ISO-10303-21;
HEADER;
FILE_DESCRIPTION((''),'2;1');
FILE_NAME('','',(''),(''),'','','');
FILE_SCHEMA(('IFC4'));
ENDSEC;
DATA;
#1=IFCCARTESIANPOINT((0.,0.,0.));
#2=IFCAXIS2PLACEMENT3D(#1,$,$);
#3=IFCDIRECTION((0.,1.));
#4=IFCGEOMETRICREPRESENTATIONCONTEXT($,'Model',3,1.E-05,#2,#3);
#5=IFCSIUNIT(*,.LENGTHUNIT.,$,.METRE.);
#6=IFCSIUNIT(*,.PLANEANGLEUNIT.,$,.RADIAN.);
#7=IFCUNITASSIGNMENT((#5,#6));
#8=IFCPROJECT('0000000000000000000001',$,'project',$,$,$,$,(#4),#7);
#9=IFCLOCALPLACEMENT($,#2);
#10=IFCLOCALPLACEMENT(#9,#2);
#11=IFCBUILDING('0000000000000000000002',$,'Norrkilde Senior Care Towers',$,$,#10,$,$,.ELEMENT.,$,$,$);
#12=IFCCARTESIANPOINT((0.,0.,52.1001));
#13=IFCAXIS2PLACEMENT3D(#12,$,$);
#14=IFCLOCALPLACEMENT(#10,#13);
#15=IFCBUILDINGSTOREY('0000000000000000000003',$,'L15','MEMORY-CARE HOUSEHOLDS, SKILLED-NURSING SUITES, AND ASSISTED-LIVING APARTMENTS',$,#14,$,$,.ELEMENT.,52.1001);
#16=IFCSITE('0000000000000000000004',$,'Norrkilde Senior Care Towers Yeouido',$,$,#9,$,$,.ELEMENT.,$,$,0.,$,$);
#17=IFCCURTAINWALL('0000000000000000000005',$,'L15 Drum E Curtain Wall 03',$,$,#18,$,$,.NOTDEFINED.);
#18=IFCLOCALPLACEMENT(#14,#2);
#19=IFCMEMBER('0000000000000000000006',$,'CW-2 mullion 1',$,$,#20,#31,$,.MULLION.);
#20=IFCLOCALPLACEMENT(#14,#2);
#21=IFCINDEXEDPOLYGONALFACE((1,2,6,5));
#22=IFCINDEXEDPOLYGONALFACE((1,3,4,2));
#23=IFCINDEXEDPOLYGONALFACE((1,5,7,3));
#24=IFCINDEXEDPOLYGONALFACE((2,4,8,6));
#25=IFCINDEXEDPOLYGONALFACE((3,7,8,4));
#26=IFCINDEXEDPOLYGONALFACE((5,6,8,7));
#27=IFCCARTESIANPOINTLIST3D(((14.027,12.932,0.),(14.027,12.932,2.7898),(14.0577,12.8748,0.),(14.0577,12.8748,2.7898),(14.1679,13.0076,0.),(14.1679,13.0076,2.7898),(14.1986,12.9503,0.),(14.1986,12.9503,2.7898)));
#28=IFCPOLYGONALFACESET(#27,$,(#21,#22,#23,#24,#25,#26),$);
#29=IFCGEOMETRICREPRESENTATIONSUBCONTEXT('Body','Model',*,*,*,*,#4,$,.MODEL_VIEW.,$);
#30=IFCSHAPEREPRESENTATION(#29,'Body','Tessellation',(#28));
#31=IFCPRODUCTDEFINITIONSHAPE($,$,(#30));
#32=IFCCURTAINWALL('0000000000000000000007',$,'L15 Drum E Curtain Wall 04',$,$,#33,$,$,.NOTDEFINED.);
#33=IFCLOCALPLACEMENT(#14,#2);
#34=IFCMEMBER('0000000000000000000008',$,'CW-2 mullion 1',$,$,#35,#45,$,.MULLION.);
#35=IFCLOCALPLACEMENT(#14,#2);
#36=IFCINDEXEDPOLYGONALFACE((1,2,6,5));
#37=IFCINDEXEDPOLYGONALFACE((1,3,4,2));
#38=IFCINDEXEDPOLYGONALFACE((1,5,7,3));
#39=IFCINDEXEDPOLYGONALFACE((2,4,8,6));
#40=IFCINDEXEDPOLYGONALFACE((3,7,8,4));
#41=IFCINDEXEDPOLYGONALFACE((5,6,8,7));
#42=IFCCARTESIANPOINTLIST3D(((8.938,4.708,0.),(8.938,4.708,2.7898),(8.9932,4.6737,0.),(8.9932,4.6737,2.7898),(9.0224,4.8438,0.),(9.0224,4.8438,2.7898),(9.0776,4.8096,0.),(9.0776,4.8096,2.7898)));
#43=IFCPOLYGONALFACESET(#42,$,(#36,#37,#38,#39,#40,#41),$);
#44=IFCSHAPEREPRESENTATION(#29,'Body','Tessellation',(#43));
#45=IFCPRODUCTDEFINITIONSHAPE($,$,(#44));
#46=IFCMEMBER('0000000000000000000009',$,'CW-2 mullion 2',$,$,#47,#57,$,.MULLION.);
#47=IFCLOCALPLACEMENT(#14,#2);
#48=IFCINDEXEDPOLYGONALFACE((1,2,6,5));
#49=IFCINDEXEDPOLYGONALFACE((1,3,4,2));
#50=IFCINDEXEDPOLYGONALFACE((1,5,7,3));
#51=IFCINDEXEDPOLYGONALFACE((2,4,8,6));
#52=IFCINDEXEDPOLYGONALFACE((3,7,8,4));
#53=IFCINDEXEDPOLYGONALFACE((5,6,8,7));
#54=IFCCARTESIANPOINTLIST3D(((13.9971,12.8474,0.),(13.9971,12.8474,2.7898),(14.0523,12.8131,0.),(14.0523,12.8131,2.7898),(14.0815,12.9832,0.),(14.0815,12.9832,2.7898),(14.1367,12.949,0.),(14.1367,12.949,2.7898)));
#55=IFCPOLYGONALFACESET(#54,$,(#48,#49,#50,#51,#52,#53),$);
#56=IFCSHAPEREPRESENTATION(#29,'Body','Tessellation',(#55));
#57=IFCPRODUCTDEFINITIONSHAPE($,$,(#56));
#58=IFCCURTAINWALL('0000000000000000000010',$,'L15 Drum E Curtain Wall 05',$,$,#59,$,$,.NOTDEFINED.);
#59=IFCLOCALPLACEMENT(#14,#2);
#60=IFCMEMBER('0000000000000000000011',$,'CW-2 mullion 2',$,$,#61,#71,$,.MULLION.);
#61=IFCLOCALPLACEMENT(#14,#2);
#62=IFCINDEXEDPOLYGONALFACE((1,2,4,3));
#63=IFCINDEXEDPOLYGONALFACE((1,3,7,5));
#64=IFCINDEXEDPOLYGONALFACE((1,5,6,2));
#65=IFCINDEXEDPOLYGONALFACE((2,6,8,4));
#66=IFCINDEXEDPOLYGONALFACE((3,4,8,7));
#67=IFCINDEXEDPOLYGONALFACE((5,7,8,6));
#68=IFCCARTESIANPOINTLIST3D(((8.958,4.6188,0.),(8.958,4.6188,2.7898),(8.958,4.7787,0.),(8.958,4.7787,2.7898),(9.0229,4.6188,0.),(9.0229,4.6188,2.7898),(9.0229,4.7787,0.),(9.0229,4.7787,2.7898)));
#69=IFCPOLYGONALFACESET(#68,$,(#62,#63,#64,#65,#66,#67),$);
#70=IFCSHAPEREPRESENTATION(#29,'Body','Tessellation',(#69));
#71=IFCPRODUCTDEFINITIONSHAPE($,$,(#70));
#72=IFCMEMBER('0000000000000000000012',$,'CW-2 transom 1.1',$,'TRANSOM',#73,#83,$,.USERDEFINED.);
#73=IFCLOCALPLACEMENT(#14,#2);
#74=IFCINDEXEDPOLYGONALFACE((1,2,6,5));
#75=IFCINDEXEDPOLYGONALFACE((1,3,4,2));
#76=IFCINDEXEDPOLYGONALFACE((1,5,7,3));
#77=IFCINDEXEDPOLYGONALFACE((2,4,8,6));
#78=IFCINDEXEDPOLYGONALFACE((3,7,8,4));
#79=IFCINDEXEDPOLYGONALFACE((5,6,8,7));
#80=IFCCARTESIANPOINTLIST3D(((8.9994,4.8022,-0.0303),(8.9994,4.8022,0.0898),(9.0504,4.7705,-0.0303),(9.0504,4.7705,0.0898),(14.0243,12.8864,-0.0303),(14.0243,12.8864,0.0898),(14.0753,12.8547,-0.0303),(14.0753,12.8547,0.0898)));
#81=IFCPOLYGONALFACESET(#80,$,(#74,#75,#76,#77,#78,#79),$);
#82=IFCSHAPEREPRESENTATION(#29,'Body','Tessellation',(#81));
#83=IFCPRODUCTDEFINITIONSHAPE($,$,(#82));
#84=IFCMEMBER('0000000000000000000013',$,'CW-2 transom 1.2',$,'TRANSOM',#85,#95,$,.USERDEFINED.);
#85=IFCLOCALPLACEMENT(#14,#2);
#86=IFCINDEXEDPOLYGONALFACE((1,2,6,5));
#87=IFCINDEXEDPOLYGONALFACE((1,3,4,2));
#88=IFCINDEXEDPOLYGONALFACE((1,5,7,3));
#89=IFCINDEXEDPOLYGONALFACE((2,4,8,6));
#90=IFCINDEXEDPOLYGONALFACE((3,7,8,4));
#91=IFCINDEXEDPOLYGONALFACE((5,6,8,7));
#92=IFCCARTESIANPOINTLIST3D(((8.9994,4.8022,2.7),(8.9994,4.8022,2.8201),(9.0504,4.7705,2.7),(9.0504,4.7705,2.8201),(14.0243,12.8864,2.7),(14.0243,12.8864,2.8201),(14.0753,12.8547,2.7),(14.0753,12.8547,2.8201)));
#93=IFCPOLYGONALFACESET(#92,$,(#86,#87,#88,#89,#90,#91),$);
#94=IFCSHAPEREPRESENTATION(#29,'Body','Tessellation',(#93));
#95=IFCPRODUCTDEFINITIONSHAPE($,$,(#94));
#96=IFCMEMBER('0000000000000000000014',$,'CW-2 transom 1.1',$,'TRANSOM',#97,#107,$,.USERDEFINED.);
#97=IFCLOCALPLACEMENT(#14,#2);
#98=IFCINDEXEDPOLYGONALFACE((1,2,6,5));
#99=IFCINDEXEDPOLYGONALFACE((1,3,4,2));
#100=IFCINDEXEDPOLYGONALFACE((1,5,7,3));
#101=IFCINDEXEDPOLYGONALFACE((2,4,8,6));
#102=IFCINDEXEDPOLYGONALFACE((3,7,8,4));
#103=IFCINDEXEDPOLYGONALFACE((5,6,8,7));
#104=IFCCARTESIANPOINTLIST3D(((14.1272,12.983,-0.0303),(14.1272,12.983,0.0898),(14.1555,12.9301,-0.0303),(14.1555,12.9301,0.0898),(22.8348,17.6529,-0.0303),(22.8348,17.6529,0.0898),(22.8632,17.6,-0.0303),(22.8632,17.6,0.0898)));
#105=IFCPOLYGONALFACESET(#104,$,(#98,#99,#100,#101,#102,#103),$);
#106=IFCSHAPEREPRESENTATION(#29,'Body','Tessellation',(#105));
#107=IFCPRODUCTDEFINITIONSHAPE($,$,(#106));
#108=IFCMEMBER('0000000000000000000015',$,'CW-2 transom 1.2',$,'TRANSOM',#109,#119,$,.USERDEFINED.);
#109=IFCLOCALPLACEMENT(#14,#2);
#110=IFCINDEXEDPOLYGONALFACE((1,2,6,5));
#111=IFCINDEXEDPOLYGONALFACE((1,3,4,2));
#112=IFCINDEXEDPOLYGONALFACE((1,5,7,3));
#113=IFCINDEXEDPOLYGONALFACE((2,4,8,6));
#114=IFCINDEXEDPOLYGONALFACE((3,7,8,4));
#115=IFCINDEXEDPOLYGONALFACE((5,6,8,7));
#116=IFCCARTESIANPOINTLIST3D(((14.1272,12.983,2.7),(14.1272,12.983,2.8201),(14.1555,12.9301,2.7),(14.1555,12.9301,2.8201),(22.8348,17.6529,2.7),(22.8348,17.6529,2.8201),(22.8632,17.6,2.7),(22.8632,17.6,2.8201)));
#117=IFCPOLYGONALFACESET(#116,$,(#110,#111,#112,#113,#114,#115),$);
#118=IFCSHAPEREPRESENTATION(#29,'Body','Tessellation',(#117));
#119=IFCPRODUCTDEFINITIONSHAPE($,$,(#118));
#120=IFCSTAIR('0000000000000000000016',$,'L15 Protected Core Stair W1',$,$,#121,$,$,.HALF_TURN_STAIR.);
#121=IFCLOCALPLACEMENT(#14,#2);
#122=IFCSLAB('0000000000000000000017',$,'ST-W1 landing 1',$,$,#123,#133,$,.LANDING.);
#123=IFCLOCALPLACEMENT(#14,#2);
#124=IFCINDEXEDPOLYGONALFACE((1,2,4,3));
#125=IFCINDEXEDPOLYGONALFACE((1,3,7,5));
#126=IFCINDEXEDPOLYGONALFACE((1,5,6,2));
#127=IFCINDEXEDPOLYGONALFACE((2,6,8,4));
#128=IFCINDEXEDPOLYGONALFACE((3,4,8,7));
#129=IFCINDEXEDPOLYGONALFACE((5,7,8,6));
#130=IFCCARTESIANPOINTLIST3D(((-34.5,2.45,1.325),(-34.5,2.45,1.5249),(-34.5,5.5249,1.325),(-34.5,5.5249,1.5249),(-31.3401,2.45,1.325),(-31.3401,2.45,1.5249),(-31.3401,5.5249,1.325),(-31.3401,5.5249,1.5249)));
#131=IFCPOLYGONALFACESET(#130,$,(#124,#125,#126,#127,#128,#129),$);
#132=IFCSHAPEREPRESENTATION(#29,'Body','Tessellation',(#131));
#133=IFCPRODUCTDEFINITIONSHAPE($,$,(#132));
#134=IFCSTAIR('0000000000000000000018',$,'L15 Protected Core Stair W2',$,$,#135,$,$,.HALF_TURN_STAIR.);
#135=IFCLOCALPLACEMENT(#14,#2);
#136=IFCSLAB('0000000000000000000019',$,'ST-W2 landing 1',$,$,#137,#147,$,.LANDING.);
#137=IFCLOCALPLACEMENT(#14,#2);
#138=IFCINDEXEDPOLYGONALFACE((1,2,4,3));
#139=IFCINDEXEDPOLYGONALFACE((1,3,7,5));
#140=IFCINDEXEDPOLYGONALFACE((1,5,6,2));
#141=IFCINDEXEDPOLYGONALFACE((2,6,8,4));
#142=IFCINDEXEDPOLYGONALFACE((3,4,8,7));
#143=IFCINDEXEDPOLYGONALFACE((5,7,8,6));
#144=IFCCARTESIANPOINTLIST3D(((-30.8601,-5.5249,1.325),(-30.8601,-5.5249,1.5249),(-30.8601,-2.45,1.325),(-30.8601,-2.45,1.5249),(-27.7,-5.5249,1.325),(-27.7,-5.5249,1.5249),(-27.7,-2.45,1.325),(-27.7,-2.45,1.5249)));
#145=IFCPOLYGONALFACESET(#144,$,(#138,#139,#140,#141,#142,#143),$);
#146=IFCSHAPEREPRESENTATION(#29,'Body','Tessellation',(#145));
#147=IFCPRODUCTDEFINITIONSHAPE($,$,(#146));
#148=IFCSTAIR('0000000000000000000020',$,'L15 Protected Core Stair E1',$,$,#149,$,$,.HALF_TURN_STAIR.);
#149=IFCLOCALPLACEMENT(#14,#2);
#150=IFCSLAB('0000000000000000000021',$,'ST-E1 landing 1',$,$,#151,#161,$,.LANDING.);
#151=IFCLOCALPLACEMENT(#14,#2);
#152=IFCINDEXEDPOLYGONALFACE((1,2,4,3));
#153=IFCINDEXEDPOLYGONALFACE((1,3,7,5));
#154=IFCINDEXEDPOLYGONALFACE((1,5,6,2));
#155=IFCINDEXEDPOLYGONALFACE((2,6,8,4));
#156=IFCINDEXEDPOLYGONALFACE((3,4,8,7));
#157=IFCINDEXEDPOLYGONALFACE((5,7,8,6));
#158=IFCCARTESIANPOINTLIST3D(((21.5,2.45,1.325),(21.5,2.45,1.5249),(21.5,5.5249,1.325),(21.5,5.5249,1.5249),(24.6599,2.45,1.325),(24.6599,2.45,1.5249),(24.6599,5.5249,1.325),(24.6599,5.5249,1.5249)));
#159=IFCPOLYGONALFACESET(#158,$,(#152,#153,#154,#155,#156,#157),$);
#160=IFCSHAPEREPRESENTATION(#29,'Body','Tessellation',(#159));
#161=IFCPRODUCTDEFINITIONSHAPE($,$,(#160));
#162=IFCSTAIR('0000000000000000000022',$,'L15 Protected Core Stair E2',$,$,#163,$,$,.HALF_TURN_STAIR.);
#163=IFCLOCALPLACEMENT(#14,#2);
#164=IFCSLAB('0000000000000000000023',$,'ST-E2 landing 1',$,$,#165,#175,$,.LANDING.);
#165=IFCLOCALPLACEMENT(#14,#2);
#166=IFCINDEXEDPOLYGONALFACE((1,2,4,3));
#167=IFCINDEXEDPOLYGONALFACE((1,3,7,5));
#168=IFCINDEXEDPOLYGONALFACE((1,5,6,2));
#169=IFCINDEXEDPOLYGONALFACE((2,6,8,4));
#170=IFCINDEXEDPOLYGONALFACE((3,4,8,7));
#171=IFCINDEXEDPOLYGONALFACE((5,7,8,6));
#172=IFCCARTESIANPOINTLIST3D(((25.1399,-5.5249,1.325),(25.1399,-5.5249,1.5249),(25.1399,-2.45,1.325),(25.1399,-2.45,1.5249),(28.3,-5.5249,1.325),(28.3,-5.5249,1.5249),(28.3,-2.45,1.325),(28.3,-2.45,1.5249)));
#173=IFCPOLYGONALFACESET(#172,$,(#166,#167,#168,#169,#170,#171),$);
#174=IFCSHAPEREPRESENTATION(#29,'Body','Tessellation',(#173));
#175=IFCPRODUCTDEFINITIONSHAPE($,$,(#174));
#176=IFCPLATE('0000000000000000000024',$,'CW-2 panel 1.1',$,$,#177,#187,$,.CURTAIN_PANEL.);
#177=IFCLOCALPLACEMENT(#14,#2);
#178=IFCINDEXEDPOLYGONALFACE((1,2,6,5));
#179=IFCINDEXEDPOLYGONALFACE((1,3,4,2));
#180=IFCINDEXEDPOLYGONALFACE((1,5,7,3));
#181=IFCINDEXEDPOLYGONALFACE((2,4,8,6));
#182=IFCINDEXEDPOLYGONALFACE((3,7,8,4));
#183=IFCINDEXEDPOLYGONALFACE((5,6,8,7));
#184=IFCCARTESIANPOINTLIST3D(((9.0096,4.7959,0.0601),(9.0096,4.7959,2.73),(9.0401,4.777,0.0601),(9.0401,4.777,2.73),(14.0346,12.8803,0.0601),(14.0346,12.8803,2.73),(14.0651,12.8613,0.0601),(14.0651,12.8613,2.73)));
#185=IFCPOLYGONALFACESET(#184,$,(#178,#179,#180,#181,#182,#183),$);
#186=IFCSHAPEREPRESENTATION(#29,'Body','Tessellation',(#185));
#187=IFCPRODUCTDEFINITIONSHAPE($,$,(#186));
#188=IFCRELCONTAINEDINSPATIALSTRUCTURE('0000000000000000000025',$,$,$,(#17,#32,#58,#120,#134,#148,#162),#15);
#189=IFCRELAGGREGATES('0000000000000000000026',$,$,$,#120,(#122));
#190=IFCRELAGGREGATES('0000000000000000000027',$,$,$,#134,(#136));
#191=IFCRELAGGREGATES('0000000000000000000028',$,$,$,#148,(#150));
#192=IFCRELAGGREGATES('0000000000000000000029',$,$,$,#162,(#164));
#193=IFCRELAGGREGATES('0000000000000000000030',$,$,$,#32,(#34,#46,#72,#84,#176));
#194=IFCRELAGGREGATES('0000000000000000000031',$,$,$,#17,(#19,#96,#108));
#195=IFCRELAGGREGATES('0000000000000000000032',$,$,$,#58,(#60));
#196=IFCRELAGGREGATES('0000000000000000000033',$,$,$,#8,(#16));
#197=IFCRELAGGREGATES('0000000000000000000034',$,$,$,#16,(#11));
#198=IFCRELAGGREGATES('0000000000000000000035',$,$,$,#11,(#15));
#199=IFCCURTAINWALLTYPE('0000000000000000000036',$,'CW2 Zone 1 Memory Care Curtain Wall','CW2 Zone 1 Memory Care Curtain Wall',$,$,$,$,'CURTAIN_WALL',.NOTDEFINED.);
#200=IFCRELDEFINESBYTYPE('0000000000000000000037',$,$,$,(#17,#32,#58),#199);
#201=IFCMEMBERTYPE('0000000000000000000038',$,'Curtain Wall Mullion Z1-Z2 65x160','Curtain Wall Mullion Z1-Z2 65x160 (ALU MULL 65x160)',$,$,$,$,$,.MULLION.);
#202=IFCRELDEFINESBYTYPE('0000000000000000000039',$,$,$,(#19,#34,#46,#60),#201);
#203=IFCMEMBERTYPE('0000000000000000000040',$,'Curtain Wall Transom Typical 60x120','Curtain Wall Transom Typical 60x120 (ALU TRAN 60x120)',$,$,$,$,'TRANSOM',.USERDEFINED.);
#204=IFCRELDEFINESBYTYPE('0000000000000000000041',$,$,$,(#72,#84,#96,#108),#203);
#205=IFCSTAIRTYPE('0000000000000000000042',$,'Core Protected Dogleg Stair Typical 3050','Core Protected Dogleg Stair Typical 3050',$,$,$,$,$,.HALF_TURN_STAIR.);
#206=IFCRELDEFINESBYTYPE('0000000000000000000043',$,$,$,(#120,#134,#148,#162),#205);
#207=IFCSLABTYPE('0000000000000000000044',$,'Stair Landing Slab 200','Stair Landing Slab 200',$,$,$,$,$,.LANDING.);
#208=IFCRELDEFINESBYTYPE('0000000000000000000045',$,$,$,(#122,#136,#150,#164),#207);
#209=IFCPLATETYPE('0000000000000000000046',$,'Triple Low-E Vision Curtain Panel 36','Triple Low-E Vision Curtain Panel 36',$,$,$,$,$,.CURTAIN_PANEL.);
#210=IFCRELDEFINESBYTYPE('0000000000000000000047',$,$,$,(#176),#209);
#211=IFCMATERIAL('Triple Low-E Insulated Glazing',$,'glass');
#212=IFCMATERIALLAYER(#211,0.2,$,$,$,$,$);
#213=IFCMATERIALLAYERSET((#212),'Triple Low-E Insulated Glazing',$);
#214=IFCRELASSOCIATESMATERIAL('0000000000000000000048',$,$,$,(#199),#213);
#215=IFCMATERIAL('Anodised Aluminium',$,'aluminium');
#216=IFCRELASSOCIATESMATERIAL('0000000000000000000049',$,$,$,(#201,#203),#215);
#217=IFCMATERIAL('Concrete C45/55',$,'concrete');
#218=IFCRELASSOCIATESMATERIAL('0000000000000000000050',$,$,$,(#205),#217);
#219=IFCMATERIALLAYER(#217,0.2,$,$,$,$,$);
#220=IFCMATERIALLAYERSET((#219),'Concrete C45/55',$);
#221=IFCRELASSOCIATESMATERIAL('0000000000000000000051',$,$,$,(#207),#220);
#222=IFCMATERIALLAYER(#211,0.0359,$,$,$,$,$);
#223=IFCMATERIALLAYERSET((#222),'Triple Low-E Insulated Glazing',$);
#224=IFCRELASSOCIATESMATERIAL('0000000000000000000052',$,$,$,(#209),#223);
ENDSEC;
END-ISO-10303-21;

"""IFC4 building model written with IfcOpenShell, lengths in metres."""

from ifc_helpers import new_model, si_unit, direction, frame, origin, origin_2d, place, context, subcontext, project, spatial, polyline, rectangle, outline, extrude, source, transform, mapped, material, layer, layer_set, material_profile, profile_set, type_object, type_shapes, element, aggregate, save


model = new_model("IFC4")

# Units and contexts
model_context = context("Model", 3, precision=1e-05, world=origin(), true_north=direction((0.0, 1.0)))
body_context = subcontext(model_context, "Body", "Model", "MODEL_VIEW")
ifc_project = project(units=[si_unit("LENGTHUNIT", "METRE"), si_unit("PLANEANGLEUNIT", "RADIAN")], contexts=[model_context])

# Site, building, storey
site_placement = place(None, origin())
site = spatial("IfcSite", under=ifc_project, at=site_placement, Name="Norrkilde Senior Care Towers Yeouido", CompositionType="ELEMENT", RefElevation=0.0)
building_placement = place(site_placement, origin())
building = spatial("IfcBuilding", under=site, at=building_placement, Name="Norrkilde Senior Care Towers", CompositionType="ELEMENT")
storey_placement = place(building_placement, frame((0.0, 0.0, 52.1001)))
storey = spatial("IfcBuildingStorey", under=building, at=storey_placement, Name="L15", Description="MEMORY-CARE HOUSEHOLDS, SKILLED-NURSING SUITES, AND ASSISTED-LIVING APARTMENTS", CompositionType="ELEMENT", Elevation=52.1001)

# Curtain wall, member
ifc_material_1 = material(Name="Triple Low-E Insulated Glazing", Category="glass")
ifc_layer_1 = layer(ifc_material_1, 0.2)
ifc_layer_set_1 = layer_set([ifc_layer_1], Name="Triple Low-E Insulated Glazing")
curtain_wall_type = type_object("IfcCurtainWallType", Name="CW2 Zone 1 Memory Care Curtain Wall", Description="CW2 Zone 1 Memory Care Curtain Wall", ElementType="CURTAIN_WALL", PredefinedType="NOTDEFINED", material=ifc_layer_set_1)
curtain_wall_1_placement = place(storey_placement, origin())
curtain_wall_1 = element("IfcCurtainWall", 1, at=curtain_wall_1_placement, inside=storey, type_object=curtain_wall_type, Name="L15 Drum E Curtain Wall 03", PredefinedType="NOTDEFINED")
ifc_material_2 = material(Name="Anodised Aluminium", Category="aluminium")
ifc_material_profile_1 = material_profile(ifc_material_2, rectangle(XDim=0.0649, YDim=0.1599, at=origin_2d()), Name="ALU MULL 65x160")
ifc_profile_set_1 = profile_set([ifc_material_profile_1], Name="Anodised Aluminium")
member_type_1 = type_object("IfcMemberType", Name="Curtain Wall Mullion Z1-Z2 65x160", Description="Curtain Wall Mullion Z1-Z2 65x160 (ALU MULL 65x160)", PredefinedType="MULLION", material=ifc_profile_set_1)
shared_shape_1 = source(origin(), body_context, "Body", "SweptSolid", [
    extrude(rectangle(XDim=0.0649, YDim=0.1599, at=origin_2d()), origin(), (0.0, 0.0, 1.0), 2.7898),
])
type_shapes(member_type_1, [shared_shape_1])
member_1_placement = place(storey_placement, frame((14.1128, 12.9412, 0.0), z_axis=(0.0, 0.0, 1.0), x_axis=(-0.472608, 0.881273, 0.0)))
member_1 = element("IfcMember", 2, at=member_1_placement, type_object=member_type_1, Name="CW-2 mullion 1", PredefinedType="MULLION", context=body_context, shape_type="MappedRepresentation", body=[
    mapped(shared_shape_1, transform((0.0, 0.0, 0.0), x_axis=(1.0, 0.0, 0.0), y_axis=(0.0, 1.0, 0.0), z_axis=(0.0, 0.0, 1.0), scale=1.0)),
])

# Curtain wall, members
curtain_wall_2_placement = place(storey_placement, origin())
curtain_wall_2 = element("IfcCurtainWall", 3, at=curtain_wall_2_placement, inside=storey, type_object=curtain_wall_type, Name="L15 Drum E Curtain Wall 04", PredefinedType="NOTDEFINED")
member_2_placement = place(storey_placement, frame((9.0078, 4.7588, 0.0), z_axis=(0.0, 0.0, 1.0), x_axis=(-0.849306, 0.527901, 0.0)))
member_2 = element("IfcMember", 4, at=member_2_placement, type_object=member_type_1, Name="CW-2 mullion 1", PredefinedType="MULLION", context=body_context, shape_type="MappedRepresentation", body=[
    mapped(shared_shape_1, transform((0.0, 0.0, 0.0), x_axis=(1.0, 0.0, 0.0), y_axis=(0.0, 1.0, 0.0), z_axis=(0.0, 0.0, 1.0), scale=1.0)),
])
member_3_placement = place(storey_placement, frame((14.0669, 12.8982, 0.0), z_axis=(0.0, 0.0, 1.0), x_axis=(-0.849306, 0.527901, 0.0)))
member_3 = element("IfcMember", 5, at=member_3_placement, type_object=member_type_1, Name="CW-2 mullion 2", PredefinedType="MULLION", context=body_context, shape_type="MappedRepresentation", body=[
    mapped(shared_shape_1, transform((0.0, 0.0, 0.0), x_axis=(1.0, 0.0, 0.0), y_axis=(0.0, 1.0, 0.0), z_axis=(0.0, 0.0, 1.0), scale=1.0)),
])

# Curtain wall, member
curtain_wall_3_placement = place(storey_placement, origin())
curtain_wall_3 = element("IfcCurtainWall", 6, at=curtain_wall_3_placement, inside=storey, type_object=curtain_wall_type, Name="L15 Drum E Curtain Wall 05", PredefinedType="NOTDEFINED")
member_4_placement = place(storey_placement, frame((8.9905, 4.6987, 0.0), z_axis=(0.0, 0.0, 1.0), x_axis=(-1.0, 0.0, 0.0)))
member_4 = element("IfcMember", 7, at=member_4_placement, type_object=member_type_1, Name="CW-2 mullion 2", PredefinedType="MULLION", context=body_context, shape_type="MappedRepresentation", body=[
    mapped(shared_shape_1, transform((0.0, 0.0, 0.0), x_axis=(1.0, 0.0, 0.0), y_axis=(0.0, 1.0, 0.0), z_axis=(0.0, 0.0, 1.0), scale=1.0)),
])

# Members
ifc_material_profile_2 = material_profile(ifc_material_2, rectangle(XDim=0.0601, YDim=0.1201, at=origin_2d()), Name="ALU TRAN 60x120")
ifc_profile_set_2 = profile_set([ifc_material_profile_2], Name="Anodised Aluminium")
member_type_2 = type_object("IfcMemberType", Name="Curtain Wall Transom Typical 60x120", Description="Curtain Wall Transom Typical 60x120 (ALU TRAN 60x120)", ElementType="TRANSOM", PredefinedType="USERDEFINED", material=ifc_profile_set_2)
shared_shape_2 = source(origin(), body_context, "Body", "SweptSolid", [
    extrude(rectangle(XDim=0.0601, YDim=0.1201, at=origin_2d()), origin(), (0.0, 0.0, 1.0), 9.5186),
])
member_5_placement = place(storey_placement, frame((9.0249, 4.7864, 0.0298), z_axis=(0.527902, 0.849306, 0.0), x_axis=(-0.849306, 0.527902, 0.0)))
member_5 = element("IfcMember", 8, at=member_5_placement, type_object=member_type_2, Name="CW-2 transom 1.1", ObjectType="TRANSOM", PredefinedType="USERDEFINED", context=body_context, shape_type="MappedRepresentation", body=[
    mapped(shared_shape_2, transform((0.0, 0.0, 0.0), x_axis=(1.0, 0.0, 0.0), y_axis=(0.0, 1.0, 0.0), z_axis=(0.0, 0.0, 1.0), scale=1.0)),
])
member_6_placement = place(storey_placement, frame((9.0249, 4.7864, 2.76), z_axis=(0.527902, 0.849306, 0.0), x_axis=(-0.849306, 0.527902, 0.0)))
member_6 = element("IfcMember", 9, at=member_6_placement, type_object=member_type_2, Name="CW-2 transom 1.2", ObjectType="TRANSOM", PredefinedType="USERDEFINED", context=body_context, shape_type="MappedRepresentation", body=[
    mapped(shared_shape_2, transform((0.0, 0.0, 0.0), x_axis=(1.0, 0.0, 0.0), y_axis=(0.0, 1.0, 0.0), z_axis=(0.0, 0.0, 1.0), scale=1.0)),
])
shared_shape_3 = source(origin(), body_context, "Body", "SweptSolid", [
    extrude(rectangle(XDim=0.0601, YDim=0.1201, at=origin_2d()), origin(), (0.0, 0.0, 1.0), 9.8809),
])
type_shapes(member_type_2, [shared_shape_2, shared_shape_3])
member_7_placement = place(storey_placement, frame((14.1414, 12.9565, 0.0298), z_axis=(0.881267, 0.472618, 0.0), x_axis=(-0.472618, 0.881267, 0.0)))
member_7 = element("IfcMember", 10, at=member_7_placement, type_object=member_type_2, Name="CW-2 transom 1.1", ObjectType="TRANSOM", PredefinedType="USERDEFINED", context=body_context, shape_type="MappedRepresentation", body=[
    mapped(shared_shape_3, transform((0.0, 0.0, 0.0), x_axis=(1.0, 0.0, 0.0), y_axis=(0.0, 1.0, 0.0), z_axis=(0.0, 0.0, 1.0), scale=1.0)),
])
member_8_placement = place(storey_placement, frame((14.1414, 12.9565, 2.76), z_axis=(0.881267, 0.472618, 0.0), x_axis=(-0.472618, 0.881267, 0.0)))
member_8 = element("IfcMember", 11, at=member_8_placement, type_object=member_type_2, Name="CW-2 transom 1.2", ObjectType="TRANSOM", PredefinedType="USERDEFINED", context=body_context, shape_type="MappedRepresentation", body=[
    mapped(shared_shape_3, transform((0.0, 0.0, 0.0), x_axis=(1.0, 0.0, 0.0), y_axis=(0.0, 1.0, 0.0), z_axis=(0.0, 0.0, 1.0), scale=1.0)),
])

# Stairs, slabs
ifc_material_3 = material(Name="Concrete C45/55", Category="concrete")
stair_type = type_object("IfcStairType", Name="Core Protected Dogleg Stair Typical 3050", Description="Core Protected Dogleg Stair Typical 3050", PredefinedType="HALF_TURN_STAIR", material=ifc_material_3)
stair_1_placement = place(storey_placement, origin())
stair_1 = element("IfcStair", 12, at=stair_1_placement, inside=storey, type_object=stair_type, Name="L15 Protected Core Stair W1", PredefinedType="HALF_TURN_STAIR")
ifc_layer_2 = layer(ifc_material_3, 0.2)
ifc_layer_set_2 = layer_set([ifc_layer_2], Name="Concrete C45/55")
slab_type = type_object("IfcSlabType", Name="Stair Landing Slab 200", Description="Stair Landing Slab 200", PredefinedType="LANDING", material=ifc_layer_set_2)
slab_1_placement = place(storey_placement, frame((0.0, 0.0, 1.325)))
slab_1 = element("IfcSlab", 13, at=slab_1_placement, type_object=slab_type, Name="ST-W1 landing 1", PredefinedType="LANDING", context=body_context, shape_type="SweptSolid", body=[
    extrude(outline(polyline([(-31.3401, 5.5249), (-34.5, 5.5249), (-34.5, 2.45), (-31.3401, 2.45), (-31.3401, 5.5249)])), origin(), (0.0, 0.0, 1.0), 0.2),
])
aggregate(stair_1, [slab_1])
stair_2_placement = place(storey_placement, origin())
stair_2 = element("IfcStair", 14, at=stair_2_placement, inside=storey, type_object=stair_type, Name="L15 Protected Core Stair W2", PredefinedType="HALF_TURN_STAIR")
slab_2_placement = place(storey_placement, frame((0.0, 0.0, 1.325)))
slab_2 = element("IfcSlab", 15, at=slab_2_placement, type_object=slab_type, Name="ST-W2 landing 1", PredefinedType="LANDING", context=body_context, shape_type="SweptSolid", body=[
    extrude(outline(polyline([(-30.8601, -5.5249), (-27.7, -5.5249), (-27.7, -2.45), (-30.8601, -2.45), (-30.8601, -5.5249)])), origin(), (0.0, 0.0, 1.0), 0.2),
])
aggregate(stair_2, [slab_2])
stair_3_placement = place(storey_placement, origin())
stair_3 = element("IfcStair", 16, at=stair_3_placement, inside=storey, type_object=stair_type, Name="L15 Protected Core Stair E1", PredefinedType="HALF_TURN_STAIR")
slab_3_placement = place(storey_placement, frame((0.0, 0.0, 1.325)))
slab_3 = element("IfcSlab", 17, at=slab_3_placement, type_object=slab_type, Name="ST-E1 landing 1", PredefinedType="LANDING", context=body_context, shape_type="SweptSolid", body=[
    extrude(outline(polyline([(24.6599, 5.5249), (21.5, 5.5249), (21.5, 2.45), (24.6599, 2.45), (24.6599, 5.5249)])), origin(), (0.0, 0.0, 1.0), 0.2),
])
aggregate(stair_3, [slab_3])
stair_4_placement = place(storey_placement, origin())
stair_4 = element("IfcStair", 18, at=stair_4_placement, inside=storey, type_object=stair_type, Name="L15 Protected Core Stair E2", PredefinedType="HALF_TURN_STAIR")
slab_4_placement = place(storey_placement, frame((0.0, 0.0, 1.325)))
slab_4 = element("IfcSlab", 19, at=slab_4_placement, type_object=slab_type, Name="ST-E2 landing 1", PredefinedType="LANDING", context=body_context, shape_type="SweptSolid", body=[
    extrude(outline(polyline([(25.1399, -5.5249), (28.3, -5.5249), (28.3, -2.45), (25.1399, -2.45), (25.1399, -5.5249)])), origin(), (0.0, 0.0, 1.0), 0.2),
])
aggregate(stair_4, [slab_4])

# Plate
ifc_layer_3 = layer(ifc_material_1, 0.0359)
ifc_layer_set_3 = layer_set([ifc_layer_3], Name="Triple Low-E Insulated Glazing")
plate_type = type_object("IfcPlateType", Name="Triple Low-E Vision Curtain Panel 36", Description="Triple Low-E Vision Curtain Panel 36", PredefinedType="CURTAIN_PANEL", material=ifc_layer_set_3)
shared_shape_4 = source(origin(), body_context, "Body", "SweptSolid", [
    extrude(rectangle(XDim=9.5188, YDim=0.0359, at=origin_2d()), origin(), (0.0, 0.0, 1.0), 2.6699),
])
plate_1_placement = place(storey_placement, frame((11.5374, 8.8286, 0.0601), z_axis=(0.0, 0.0, 1.0), x_axis=(0.527901, 0.849306, 0.0)))
plate_1 = element("IfcPlate", 20, at=plate_1_placement, type_object=plate_type, Name="CW-2 panel 1.1", PredefinedType="CURTAIN_PANEL", context=body_context, shape_type="MappedRepresentation", body=[
    mapped(shared_shape_4, transform((0.0, 0.0, 0.0), x_axis=(1.0, 0.0, 0.0), y_axis=(0.0, 1.0, 0.0), z_axis=(0.0, 0.0, 1.0), scale=1.0)),
])
aggregate(curtain_wall_2, [member_2, member_3, member_5, member_6, plate_1])
aggregate(curtain_wall_1, [member_1, member_7, member_8])
aggregate(curtain_wall_3, [member_4])

save(model, "model.ifc")
